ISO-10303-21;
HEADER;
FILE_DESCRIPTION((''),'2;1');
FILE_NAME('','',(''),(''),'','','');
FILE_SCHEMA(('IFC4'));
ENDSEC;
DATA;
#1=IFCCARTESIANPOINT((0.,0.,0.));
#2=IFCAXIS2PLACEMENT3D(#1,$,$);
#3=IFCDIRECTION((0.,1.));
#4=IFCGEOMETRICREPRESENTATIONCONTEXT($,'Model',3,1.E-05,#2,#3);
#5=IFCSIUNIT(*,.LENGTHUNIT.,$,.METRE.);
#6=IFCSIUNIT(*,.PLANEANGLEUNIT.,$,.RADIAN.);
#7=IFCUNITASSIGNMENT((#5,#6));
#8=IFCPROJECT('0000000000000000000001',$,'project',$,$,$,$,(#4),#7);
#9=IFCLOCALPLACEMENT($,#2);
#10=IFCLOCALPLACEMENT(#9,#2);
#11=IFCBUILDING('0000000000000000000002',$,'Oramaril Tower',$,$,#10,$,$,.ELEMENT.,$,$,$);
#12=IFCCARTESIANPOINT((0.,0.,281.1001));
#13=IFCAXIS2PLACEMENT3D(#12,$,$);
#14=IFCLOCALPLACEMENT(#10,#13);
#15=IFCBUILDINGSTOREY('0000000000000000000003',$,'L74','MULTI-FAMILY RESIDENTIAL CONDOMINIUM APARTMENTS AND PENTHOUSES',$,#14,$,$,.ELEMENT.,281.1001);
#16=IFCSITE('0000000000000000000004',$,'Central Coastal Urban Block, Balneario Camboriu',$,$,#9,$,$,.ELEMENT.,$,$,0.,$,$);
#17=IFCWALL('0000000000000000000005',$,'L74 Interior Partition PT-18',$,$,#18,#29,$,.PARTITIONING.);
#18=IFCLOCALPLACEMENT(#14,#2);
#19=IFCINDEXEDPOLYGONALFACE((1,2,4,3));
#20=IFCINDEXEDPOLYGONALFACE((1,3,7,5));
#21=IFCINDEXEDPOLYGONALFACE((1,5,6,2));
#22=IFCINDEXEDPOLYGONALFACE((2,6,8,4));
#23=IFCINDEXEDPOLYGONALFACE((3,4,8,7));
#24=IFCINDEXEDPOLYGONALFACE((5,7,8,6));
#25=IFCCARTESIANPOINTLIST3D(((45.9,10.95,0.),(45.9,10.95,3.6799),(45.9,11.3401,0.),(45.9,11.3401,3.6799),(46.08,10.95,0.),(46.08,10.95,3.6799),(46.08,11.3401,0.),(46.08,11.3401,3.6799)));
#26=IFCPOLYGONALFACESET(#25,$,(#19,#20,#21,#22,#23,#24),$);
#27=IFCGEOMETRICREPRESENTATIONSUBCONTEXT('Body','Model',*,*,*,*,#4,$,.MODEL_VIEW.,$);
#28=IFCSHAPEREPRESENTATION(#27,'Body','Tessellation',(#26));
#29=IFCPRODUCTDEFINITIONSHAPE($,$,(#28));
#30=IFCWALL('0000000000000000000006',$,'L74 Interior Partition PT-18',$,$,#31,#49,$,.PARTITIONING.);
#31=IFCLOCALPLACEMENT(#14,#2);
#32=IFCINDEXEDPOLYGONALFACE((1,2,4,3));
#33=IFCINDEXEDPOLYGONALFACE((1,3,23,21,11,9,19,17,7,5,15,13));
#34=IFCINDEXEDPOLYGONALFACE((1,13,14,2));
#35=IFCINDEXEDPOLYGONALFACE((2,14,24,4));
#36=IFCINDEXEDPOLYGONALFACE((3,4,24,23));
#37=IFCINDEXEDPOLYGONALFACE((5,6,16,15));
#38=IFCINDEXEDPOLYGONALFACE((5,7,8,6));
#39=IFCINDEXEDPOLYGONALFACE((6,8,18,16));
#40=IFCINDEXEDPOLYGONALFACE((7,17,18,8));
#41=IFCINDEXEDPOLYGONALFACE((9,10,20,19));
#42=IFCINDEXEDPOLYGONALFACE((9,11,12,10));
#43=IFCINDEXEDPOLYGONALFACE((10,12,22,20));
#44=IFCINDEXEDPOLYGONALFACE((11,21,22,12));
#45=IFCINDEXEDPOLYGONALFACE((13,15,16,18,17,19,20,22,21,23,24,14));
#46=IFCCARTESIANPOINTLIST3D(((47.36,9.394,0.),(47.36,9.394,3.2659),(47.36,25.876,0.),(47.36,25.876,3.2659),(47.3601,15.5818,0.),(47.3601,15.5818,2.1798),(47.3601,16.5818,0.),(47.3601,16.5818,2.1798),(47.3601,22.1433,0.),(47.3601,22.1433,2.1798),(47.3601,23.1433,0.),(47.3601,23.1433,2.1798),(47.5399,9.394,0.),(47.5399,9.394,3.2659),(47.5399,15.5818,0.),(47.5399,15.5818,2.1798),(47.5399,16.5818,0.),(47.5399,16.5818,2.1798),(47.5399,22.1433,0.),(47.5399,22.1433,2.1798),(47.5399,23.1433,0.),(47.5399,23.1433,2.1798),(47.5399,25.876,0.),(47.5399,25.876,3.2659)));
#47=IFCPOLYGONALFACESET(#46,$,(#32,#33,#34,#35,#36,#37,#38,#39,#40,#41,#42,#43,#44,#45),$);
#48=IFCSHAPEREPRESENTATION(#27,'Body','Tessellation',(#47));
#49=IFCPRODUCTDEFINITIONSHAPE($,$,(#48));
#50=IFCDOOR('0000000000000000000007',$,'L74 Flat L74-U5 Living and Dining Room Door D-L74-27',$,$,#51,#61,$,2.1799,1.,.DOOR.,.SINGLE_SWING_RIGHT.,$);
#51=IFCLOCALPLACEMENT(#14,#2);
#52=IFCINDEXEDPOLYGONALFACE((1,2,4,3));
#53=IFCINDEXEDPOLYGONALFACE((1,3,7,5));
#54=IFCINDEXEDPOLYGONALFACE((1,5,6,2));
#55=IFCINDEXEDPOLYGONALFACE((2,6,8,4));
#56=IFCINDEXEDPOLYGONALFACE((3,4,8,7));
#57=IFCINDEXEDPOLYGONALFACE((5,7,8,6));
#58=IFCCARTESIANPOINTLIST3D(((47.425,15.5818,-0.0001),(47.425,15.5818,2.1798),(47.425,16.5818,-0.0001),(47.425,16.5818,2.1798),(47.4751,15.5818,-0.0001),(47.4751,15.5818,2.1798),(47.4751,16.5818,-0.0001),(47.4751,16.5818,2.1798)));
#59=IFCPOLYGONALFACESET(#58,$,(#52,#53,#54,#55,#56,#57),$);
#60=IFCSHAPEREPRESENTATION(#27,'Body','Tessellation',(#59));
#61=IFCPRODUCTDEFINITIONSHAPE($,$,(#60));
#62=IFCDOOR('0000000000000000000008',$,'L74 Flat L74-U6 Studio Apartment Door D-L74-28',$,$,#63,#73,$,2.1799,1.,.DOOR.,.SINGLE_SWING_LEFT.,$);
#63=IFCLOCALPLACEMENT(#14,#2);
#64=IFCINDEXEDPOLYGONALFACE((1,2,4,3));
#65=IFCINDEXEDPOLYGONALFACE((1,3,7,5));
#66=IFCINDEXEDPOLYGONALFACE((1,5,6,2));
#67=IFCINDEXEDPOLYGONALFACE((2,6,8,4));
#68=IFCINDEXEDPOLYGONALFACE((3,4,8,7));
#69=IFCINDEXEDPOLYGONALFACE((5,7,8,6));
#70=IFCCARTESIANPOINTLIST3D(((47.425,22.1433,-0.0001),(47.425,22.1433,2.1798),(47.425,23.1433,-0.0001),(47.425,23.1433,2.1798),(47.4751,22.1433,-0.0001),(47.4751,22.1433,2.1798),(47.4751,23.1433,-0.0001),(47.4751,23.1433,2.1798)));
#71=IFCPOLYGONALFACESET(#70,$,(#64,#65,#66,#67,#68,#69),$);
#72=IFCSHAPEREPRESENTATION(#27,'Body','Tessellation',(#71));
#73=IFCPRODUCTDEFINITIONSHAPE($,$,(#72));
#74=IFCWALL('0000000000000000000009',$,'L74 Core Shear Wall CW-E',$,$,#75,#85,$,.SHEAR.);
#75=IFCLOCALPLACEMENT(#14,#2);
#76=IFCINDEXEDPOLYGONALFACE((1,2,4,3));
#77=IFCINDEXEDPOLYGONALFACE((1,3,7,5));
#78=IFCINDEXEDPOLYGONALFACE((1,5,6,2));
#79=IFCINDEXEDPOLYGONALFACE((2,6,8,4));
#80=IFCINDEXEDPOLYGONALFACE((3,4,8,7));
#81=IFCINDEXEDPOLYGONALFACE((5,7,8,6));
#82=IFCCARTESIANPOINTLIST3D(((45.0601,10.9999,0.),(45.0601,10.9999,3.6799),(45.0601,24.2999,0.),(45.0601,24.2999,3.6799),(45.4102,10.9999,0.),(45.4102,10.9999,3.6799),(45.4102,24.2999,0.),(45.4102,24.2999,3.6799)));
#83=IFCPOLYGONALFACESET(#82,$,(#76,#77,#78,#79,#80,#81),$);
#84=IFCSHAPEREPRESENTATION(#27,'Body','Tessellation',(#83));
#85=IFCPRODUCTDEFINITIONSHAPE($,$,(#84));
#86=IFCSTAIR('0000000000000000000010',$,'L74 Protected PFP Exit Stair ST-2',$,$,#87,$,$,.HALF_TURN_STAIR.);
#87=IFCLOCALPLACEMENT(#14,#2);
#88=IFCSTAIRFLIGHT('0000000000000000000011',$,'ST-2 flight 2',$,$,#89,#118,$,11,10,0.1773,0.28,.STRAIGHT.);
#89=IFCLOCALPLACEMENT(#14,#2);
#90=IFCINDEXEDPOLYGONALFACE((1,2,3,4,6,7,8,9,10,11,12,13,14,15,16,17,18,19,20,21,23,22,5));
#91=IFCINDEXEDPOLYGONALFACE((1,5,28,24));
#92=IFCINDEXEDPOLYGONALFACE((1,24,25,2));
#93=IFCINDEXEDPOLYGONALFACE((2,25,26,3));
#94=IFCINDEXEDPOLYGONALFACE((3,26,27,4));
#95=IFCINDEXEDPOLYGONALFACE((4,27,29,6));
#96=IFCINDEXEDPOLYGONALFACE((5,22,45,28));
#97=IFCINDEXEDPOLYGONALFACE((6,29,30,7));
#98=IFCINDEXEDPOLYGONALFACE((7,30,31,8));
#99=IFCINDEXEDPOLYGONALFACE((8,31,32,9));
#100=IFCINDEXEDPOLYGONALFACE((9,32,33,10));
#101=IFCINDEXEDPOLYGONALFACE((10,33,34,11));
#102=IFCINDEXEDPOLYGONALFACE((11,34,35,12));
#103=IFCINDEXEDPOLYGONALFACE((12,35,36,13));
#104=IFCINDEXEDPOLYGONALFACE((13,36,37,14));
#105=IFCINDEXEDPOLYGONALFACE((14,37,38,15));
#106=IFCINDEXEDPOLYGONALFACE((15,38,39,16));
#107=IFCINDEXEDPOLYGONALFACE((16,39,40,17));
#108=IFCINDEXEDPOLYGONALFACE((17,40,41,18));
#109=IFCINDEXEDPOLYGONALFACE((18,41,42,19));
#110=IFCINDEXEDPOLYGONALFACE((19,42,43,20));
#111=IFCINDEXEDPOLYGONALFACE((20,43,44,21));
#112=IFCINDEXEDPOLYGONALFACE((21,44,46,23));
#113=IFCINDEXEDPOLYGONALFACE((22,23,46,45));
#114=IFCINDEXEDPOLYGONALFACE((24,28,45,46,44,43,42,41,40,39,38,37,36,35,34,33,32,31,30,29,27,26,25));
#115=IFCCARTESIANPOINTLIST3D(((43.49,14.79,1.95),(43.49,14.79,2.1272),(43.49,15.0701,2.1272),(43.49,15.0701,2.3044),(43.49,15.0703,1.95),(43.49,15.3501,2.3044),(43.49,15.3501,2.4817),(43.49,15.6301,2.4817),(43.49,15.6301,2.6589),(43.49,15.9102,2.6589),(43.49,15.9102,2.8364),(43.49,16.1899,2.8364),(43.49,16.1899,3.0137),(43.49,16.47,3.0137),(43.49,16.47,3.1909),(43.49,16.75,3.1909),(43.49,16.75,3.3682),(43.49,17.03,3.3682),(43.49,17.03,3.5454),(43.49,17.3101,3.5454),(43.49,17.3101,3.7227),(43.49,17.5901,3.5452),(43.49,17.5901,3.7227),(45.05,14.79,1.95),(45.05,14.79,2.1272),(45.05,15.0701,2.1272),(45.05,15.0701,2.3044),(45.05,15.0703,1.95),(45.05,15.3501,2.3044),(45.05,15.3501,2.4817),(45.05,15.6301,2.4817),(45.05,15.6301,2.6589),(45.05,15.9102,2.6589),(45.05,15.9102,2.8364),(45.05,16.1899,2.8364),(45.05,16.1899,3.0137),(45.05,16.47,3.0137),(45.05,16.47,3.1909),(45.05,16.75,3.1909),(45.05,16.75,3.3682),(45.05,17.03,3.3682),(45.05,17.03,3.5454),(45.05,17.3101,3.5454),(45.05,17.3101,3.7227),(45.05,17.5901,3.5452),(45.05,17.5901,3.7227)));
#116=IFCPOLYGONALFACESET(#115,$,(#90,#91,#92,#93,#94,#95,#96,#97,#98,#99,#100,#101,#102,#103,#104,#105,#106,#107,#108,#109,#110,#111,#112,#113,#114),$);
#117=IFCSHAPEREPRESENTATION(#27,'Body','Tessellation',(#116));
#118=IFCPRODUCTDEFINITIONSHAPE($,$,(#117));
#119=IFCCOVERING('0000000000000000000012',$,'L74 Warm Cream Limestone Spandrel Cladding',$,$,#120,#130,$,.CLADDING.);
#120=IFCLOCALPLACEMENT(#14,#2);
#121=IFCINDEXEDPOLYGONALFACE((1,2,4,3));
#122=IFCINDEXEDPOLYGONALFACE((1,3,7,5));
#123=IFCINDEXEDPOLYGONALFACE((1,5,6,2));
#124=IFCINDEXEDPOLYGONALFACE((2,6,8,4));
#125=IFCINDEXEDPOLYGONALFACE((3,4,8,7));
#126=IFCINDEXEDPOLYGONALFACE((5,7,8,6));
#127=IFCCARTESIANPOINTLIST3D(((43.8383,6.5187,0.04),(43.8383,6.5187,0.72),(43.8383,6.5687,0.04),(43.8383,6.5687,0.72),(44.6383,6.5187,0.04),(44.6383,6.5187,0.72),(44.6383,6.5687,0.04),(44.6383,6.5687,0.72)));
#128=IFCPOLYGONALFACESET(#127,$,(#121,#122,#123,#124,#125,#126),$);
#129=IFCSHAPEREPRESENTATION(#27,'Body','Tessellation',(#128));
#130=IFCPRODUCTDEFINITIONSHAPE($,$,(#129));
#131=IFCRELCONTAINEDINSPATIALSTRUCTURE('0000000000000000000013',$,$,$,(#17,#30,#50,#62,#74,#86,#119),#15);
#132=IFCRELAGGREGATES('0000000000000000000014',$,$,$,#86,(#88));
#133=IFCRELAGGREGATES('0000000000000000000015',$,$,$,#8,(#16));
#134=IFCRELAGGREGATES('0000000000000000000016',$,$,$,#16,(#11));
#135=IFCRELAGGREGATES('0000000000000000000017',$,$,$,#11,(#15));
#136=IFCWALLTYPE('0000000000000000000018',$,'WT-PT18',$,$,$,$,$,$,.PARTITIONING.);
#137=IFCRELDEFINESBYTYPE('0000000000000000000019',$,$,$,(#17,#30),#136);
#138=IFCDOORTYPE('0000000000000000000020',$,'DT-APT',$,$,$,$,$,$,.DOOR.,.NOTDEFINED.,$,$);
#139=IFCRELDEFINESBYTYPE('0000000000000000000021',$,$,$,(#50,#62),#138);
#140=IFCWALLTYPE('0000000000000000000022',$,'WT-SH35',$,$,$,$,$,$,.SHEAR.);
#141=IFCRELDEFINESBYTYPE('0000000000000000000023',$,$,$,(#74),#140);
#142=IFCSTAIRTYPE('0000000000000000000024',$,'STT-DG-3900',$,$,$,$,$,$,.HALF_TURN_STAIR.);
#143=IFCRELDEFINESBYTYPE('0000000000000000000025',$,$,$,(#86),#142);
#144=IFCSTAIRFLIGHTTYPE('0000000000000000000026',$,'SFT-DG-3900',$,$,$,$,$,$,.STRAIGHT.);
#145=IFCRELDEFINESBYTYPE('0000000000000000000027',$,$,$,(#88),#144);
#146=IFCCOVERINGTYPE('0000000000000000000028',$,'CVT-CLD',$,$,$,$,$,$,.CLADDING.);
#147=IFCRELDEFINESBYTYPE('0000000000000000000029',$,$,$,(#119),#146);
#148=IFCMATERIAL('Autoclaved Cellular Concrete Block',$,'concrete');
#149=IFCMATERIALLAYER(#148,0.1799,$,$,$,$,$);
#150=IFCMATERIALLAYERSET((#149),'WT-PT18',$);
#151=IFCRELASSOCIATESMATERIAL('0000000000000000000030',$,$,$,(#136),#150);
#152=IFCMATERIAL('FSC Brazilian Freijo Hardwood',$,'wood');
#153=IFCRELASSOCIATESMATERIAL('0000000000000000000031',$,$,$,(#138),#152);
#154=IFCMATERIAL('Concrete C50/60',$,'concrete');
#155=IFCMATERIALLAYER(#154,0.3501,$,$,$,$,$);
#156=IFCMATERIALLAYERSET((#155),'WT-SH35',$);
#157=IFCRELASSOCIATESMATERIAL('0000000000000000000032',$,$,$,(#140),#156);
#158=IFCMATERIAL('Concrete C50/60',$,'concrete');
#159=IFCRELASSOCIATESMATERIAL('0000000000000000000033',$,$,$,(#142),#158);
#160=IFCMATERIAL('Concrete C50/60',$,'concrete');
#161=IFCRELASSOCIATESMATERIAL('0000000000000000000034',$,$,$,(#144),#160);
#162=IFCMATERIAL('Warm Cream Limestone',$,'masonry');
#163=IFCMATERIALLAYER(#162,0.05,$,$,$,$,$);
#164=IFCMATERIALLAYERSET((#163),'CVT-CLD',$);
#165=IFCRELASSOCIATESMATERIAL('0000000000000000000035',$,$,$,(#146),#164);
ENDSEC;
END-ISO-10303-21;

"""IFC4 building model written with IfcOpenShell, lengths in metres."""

from ifc_helpers import new_model, si_unit, direction, frame, frame_2d, origin, origin_2d, place, context, subcontext, project, spatial, polyline, rectangle, outline, extrude, material, layer, layer_set, type_object, element, fill, aggregate, save


model = new_model("IFC4")

# Units and contexts
model_context = context("Model", 3, precision=1e-05, world=origin(), true_north=direction((0.0, 1.0)))
body_context = subcontext(model_context, "Body", "Model", "MODEL_VIEW")
ifc_project = project(units=[si_unit("LENGTHUNIT", "METRE"), si_unit("PLANEANGLEUNIT", "RADIAN")], contexts=[model_context])

# Site, building, storey
site_placement = place(None, origin())
site = spatial("IfcSite", under=ifc_project, at=site_placement, Name="Central Coastal Urban Block, Balneario Camboriu", CompositionType="ELEMENT", RefElevation=0.0)
building_placement = place(site_placement, origin())
building = spatial("IfcBuilding", under=site, at=building_placement, Name="Oramaril Tower", CompositionType="ELEMENT")
storey_placement = place(building_placement, frame((0.0, 0.0, 281.1001)))
storey = spatial("IfcBuildingStorey", under=building, at=storey_placement, Name="L74", Description="MULTI-FAMILY RESIDENTIAL CONDOMINIUM APARTMENTS AND PENTHOUSES", CompositionType="ELEMENT", Elevation=281.1001)

# Wall
ifc_material_1 = material(Name="Autoclaved Cellular Concrete Block", Category="concrete")
ifc_layer_1 = layer(ifc_material_1, 0.1799)
ifc_layer_set_1 = layer_set([ifc_layer_1], Name="WT-PT18")
wall_type_1 = type_object("IfcWallType", Name="WT-PT18", PredefinedType="PARTITIONING", material=ifc_layer_set_1)
wall_1_placement = place(storey_placement, frame((45.99, 10.95, 0.0), z_axis=(0.0, 0.0, 1.0), x_axis=(0.0, 1.0, 0.0)))
element("IfcWall", 1, at=wall_1_placement, inside=storey, type_object=wall_type_1, Name="L74 Interior Partition PT-18", PredefinedType="PARTITIONING", context=body_context, shape_type="SweptSolid", body=[
    extrude(rectangle(XDim=0.3901, YDim=0.1799, at=frame_2d((0.1951, 0.0))), origin(), (0.0, 0.0, 1.0), 3.6799),
])

# Wall, openings, doors
wall_2_placement = place(storey_placement, frame((47.45, 9.394, 0.0), z_axis=(0.0, 0.0, 1.0), x_axis=(0.0, 1.0, 0.0)))
wall_2 = element("IfcWall", 2, at=wall_2_placement, inside=storey, type_object=wall_type_1, Name="L74 Interior Partition PT-18", PredefinedType="PARTITIONING", context=body_context, shape_type="SweptSolid", body=[
    extrude(rectangle(XDim=16.4819, YDim=0.1799, at=frame_2d((8.241, 0.0))), origin(), (0.0, 0.0, 1.0), 3.2659),
])
opening_1_placement = place(wall_2_placement, frame((6.1877, 0.0, 0.0)))
opening_1 = element("IfcOpeningElement", 3, at=opening_1_placement, cuts=wall_2, PredefinedType="OPENING", context=body_context, shape_type="SweptSolid", body=[
    extrude(rectangle(XDim=1.0, YDim=2.1799, at=frame_2d((0.5, 1.0898))), frame((0.0, 0.0898, 0.0), z_axis=(0.0, -1.0, 0.0), x_axis=(1.0, 0.0, 0.0)), (0.0, 0.0, 1.0), 0.1799),
])
opening_2_placement = place(wall_2_placement, frame((12.7493, 0.0, 0.0)))
opening_2 = element("IfcOpeningElement", 4, at=opening_2_placement, cuts=wall_2, PredefinedType="OPENING", context=body_context, shape_type="SweptSolid", body=[
    extrude(rectangle(XDim=1.0, YDim=2.1799, at=frame_2d((0.5, 1.0898))), frame((0.0, 0.0898, 0.0), z_axis=(0.0, -1.0, 0.0), x_axis=(1.0, 0.0, 0.0)), (0.0, 0.0, 1.0), 0.1799),
])
ifc_material_2 = material(Name="FSC Brazilian Freijo Hardwood", Category="wood")
door_type_1 = type_object("IfcDoorType", Name="DT-APT", OperationType="NOTDEFINED", PredefinedType="DOOR", material=ifc_material_2)
door_1_placement = place(opening_1_placement, origin())
door_1 = element("IfcDoor", 5, at=door_1_placement, inside=storey, type_object=door_type_1, Name="L74 Flat L74-U5 Living and Dining Room Door D-L74-27", OperationType="SINGLE_SWING_RIGHT", OverallHeight=2.1799, OverallWidth=1.0, PredefinedType="DOOR", context=body_context, shape_type="SweptSolid", body=[
    extrude(rectangle(XDim=1.0, YDim=2.1799, at=frame_2d((0.5, 1.0898))), frame((0.0, 0.0249, 0.0), z_axis=(0.0, -1.0, 0.0), x_axis=(1.0, 0.0, 0.0)), (0.0, 0.0, 1.0), 0.05),
])
fill(opening_1, door_1)
door_2_placement = place(opening_2_placement, origin())
door_2 = element("IfcDoor", 6, at=door_2_placement, inside=storey, type_object=door_type_1, Name="L74 Flat L74-U6 Studio Apartment Door D-L74-28", OperationType="SINGLE_SWING_LEFT", OverallHeight=2.1799, OverallWidth=1.0, PredefinedType="DOOR", context=body_context, shape_type="SweptSolid", body=[
    extrude(rectangle(XDim=1.0, YDim=2.1799, at=frame_2d((0.5, 1.0898))), frame((0.0, 0.0249, 0.0), z_axis=(0.0, -1.0, 0.0), x_axis=(1.0, 0.0, 0.0)), (0.0, 0.0, 1.0), 0.05),
])
fill(opening_2, door_2)

# Wall
ifc_material_3 = material(Name="Concrete C50/60", Category="concrete")
ifc_layer_2 = layer(ifc_material_3, 0.3501)
ifc_layer_set_2 = layer_set([ifc_layer_2], Name="WT-SH35")
wall_type_2 = type_object("IfcWallType", Name="WT-SH35", PredefinedType="SHEAR", material=ifc_layer_set_2)
wall_3_placement = place(storey_placement, frame((45.2351, 11.0, 0.0), z_axis=(0.0, 0.0, 1.0), x_axis=(0.0, 1.0, 0.0)))
element("IfcWall", 7, at=wall_3_placement, inside=storey, type_object=wall_type_2, Name="L74 Core Shear Wall CW-E", PredefinedType="SHEAR", context=body_context, shape_type="SweptSolid", body=[
    extrude(rectangle(XDim=13.3, YDim=0.3501, at=frame_2d((6.6499, 0.0))), origin(), (0.0, 0.0, 1.0), 3.6799),
])

# Stair, stair flight
ifc_material_4 = material(Name="Concrete C50/60", Category="concrete")
stair_type = type_object("IfcStairType", Name="STT-DG-3900", PredefinedType="HALF_TURN_STAIR", material=ifc_material_4)
stair_placement = place(storey_placement, origin())
stair = element("IfcStair", 8, at=stair_placement, inside=storey, type_object=stair_type, Name="L74 Protected PFP Exit Stair ST-2", PredefinedType="HALF_TURN_STAIR")
ifc_material_5 = material(Name="Concrete C50/60", Category="concrete")
stair_flight_type = type_object("IfcStairFlightType", Name="SFT-DG-3900", PredefinedType="STRAIGHT", material=ifc_material_5)
stair_flight_placement = place(storey_placement, frame((44.27, 14.79, 1.95), z_axis=(0.0, 0.0, 1.0), x_axis=(0.0, 1.0, 0.0)))
stair_flight = element("IfcStairFlight", 9, at=stair_flight_placement, type_object=stair_flight_type, Name="ST-2 flight 2", NumberOfRisers=11, NumberOfTreads=10, PredefinedType="STRAIGHT", RiserHeight=0.1773, TreadLength=0.28, context=body_context, shape_type="SweptSolid", body=[
    extrude(outline(polyline([(0.0, 0.0), (0.0, 0.1772), (0.28, 0.1772), (0.28, 0.3545), (0.5601, 0.3545), (0.5601, 0.5317), (0.8401, 0.5317), (0.8401, 0.709), (1.1201, 0.709), (1.1201, 0.8865), (1.3999, 0.8865), (1.3999, 1.0637), (1.6799, 1.0637), (1.6799, 1.241), (1.96, 1.241), (1.96, 1.4182), (2.24, 1.4182), (2.24, 1.5955), (2.52, 1.5955), (2.52, 1.7727), (2.8, 1.7727), (2.8, 1.95), (2.8, 1.5952), (0.2803, 0.0), (0.0, 0.0)])), frame((0.0, 0.78, 0.0), z_axis=(0.0, -1.0, 0.0), x_axis=(1.0, 0.0, 0.0)), (0.0, 0.0, 1.0), 1.5601),
])
aggregate(stair, [stair_flight])

# Covering
ifc_material_6 = material(Name="Warm Cream Limestone", Category="masonry")
ifc_layer_3 = layer(ifc_material_6, 0.05)
ifc_layer_set_3 = layer_set([ifc_layer_3], Name="CVT-CLD")
covering_type = type_object("IfcCoveringType", Name="CVT-CLD", PredefinedType="CLADDING", material=ifc_layer_set_3)
covering_placement = place(storey_placement, frame((44.2383, 6.5437, 0.04), z_axis=(0.0, 0.0, 1.0), x_axis=(1.0, 0.0, 0.0)))
element("IfcCovering", 10, at=covering_placement, inside=storey, type_object=covering_type, Name="L74 Warm Cream Limestone Spandrel Cladding", PredefinedType="CLADDING", context=body_context, shape_type="SweptSolid", body=[
    extrude(rectangle(XDim=0.8, YDim=0.05, at=origin_2d()), origin(), (0.0, 0.0, 1.0), 0.6799),
])

save(model, "model.ifc")
